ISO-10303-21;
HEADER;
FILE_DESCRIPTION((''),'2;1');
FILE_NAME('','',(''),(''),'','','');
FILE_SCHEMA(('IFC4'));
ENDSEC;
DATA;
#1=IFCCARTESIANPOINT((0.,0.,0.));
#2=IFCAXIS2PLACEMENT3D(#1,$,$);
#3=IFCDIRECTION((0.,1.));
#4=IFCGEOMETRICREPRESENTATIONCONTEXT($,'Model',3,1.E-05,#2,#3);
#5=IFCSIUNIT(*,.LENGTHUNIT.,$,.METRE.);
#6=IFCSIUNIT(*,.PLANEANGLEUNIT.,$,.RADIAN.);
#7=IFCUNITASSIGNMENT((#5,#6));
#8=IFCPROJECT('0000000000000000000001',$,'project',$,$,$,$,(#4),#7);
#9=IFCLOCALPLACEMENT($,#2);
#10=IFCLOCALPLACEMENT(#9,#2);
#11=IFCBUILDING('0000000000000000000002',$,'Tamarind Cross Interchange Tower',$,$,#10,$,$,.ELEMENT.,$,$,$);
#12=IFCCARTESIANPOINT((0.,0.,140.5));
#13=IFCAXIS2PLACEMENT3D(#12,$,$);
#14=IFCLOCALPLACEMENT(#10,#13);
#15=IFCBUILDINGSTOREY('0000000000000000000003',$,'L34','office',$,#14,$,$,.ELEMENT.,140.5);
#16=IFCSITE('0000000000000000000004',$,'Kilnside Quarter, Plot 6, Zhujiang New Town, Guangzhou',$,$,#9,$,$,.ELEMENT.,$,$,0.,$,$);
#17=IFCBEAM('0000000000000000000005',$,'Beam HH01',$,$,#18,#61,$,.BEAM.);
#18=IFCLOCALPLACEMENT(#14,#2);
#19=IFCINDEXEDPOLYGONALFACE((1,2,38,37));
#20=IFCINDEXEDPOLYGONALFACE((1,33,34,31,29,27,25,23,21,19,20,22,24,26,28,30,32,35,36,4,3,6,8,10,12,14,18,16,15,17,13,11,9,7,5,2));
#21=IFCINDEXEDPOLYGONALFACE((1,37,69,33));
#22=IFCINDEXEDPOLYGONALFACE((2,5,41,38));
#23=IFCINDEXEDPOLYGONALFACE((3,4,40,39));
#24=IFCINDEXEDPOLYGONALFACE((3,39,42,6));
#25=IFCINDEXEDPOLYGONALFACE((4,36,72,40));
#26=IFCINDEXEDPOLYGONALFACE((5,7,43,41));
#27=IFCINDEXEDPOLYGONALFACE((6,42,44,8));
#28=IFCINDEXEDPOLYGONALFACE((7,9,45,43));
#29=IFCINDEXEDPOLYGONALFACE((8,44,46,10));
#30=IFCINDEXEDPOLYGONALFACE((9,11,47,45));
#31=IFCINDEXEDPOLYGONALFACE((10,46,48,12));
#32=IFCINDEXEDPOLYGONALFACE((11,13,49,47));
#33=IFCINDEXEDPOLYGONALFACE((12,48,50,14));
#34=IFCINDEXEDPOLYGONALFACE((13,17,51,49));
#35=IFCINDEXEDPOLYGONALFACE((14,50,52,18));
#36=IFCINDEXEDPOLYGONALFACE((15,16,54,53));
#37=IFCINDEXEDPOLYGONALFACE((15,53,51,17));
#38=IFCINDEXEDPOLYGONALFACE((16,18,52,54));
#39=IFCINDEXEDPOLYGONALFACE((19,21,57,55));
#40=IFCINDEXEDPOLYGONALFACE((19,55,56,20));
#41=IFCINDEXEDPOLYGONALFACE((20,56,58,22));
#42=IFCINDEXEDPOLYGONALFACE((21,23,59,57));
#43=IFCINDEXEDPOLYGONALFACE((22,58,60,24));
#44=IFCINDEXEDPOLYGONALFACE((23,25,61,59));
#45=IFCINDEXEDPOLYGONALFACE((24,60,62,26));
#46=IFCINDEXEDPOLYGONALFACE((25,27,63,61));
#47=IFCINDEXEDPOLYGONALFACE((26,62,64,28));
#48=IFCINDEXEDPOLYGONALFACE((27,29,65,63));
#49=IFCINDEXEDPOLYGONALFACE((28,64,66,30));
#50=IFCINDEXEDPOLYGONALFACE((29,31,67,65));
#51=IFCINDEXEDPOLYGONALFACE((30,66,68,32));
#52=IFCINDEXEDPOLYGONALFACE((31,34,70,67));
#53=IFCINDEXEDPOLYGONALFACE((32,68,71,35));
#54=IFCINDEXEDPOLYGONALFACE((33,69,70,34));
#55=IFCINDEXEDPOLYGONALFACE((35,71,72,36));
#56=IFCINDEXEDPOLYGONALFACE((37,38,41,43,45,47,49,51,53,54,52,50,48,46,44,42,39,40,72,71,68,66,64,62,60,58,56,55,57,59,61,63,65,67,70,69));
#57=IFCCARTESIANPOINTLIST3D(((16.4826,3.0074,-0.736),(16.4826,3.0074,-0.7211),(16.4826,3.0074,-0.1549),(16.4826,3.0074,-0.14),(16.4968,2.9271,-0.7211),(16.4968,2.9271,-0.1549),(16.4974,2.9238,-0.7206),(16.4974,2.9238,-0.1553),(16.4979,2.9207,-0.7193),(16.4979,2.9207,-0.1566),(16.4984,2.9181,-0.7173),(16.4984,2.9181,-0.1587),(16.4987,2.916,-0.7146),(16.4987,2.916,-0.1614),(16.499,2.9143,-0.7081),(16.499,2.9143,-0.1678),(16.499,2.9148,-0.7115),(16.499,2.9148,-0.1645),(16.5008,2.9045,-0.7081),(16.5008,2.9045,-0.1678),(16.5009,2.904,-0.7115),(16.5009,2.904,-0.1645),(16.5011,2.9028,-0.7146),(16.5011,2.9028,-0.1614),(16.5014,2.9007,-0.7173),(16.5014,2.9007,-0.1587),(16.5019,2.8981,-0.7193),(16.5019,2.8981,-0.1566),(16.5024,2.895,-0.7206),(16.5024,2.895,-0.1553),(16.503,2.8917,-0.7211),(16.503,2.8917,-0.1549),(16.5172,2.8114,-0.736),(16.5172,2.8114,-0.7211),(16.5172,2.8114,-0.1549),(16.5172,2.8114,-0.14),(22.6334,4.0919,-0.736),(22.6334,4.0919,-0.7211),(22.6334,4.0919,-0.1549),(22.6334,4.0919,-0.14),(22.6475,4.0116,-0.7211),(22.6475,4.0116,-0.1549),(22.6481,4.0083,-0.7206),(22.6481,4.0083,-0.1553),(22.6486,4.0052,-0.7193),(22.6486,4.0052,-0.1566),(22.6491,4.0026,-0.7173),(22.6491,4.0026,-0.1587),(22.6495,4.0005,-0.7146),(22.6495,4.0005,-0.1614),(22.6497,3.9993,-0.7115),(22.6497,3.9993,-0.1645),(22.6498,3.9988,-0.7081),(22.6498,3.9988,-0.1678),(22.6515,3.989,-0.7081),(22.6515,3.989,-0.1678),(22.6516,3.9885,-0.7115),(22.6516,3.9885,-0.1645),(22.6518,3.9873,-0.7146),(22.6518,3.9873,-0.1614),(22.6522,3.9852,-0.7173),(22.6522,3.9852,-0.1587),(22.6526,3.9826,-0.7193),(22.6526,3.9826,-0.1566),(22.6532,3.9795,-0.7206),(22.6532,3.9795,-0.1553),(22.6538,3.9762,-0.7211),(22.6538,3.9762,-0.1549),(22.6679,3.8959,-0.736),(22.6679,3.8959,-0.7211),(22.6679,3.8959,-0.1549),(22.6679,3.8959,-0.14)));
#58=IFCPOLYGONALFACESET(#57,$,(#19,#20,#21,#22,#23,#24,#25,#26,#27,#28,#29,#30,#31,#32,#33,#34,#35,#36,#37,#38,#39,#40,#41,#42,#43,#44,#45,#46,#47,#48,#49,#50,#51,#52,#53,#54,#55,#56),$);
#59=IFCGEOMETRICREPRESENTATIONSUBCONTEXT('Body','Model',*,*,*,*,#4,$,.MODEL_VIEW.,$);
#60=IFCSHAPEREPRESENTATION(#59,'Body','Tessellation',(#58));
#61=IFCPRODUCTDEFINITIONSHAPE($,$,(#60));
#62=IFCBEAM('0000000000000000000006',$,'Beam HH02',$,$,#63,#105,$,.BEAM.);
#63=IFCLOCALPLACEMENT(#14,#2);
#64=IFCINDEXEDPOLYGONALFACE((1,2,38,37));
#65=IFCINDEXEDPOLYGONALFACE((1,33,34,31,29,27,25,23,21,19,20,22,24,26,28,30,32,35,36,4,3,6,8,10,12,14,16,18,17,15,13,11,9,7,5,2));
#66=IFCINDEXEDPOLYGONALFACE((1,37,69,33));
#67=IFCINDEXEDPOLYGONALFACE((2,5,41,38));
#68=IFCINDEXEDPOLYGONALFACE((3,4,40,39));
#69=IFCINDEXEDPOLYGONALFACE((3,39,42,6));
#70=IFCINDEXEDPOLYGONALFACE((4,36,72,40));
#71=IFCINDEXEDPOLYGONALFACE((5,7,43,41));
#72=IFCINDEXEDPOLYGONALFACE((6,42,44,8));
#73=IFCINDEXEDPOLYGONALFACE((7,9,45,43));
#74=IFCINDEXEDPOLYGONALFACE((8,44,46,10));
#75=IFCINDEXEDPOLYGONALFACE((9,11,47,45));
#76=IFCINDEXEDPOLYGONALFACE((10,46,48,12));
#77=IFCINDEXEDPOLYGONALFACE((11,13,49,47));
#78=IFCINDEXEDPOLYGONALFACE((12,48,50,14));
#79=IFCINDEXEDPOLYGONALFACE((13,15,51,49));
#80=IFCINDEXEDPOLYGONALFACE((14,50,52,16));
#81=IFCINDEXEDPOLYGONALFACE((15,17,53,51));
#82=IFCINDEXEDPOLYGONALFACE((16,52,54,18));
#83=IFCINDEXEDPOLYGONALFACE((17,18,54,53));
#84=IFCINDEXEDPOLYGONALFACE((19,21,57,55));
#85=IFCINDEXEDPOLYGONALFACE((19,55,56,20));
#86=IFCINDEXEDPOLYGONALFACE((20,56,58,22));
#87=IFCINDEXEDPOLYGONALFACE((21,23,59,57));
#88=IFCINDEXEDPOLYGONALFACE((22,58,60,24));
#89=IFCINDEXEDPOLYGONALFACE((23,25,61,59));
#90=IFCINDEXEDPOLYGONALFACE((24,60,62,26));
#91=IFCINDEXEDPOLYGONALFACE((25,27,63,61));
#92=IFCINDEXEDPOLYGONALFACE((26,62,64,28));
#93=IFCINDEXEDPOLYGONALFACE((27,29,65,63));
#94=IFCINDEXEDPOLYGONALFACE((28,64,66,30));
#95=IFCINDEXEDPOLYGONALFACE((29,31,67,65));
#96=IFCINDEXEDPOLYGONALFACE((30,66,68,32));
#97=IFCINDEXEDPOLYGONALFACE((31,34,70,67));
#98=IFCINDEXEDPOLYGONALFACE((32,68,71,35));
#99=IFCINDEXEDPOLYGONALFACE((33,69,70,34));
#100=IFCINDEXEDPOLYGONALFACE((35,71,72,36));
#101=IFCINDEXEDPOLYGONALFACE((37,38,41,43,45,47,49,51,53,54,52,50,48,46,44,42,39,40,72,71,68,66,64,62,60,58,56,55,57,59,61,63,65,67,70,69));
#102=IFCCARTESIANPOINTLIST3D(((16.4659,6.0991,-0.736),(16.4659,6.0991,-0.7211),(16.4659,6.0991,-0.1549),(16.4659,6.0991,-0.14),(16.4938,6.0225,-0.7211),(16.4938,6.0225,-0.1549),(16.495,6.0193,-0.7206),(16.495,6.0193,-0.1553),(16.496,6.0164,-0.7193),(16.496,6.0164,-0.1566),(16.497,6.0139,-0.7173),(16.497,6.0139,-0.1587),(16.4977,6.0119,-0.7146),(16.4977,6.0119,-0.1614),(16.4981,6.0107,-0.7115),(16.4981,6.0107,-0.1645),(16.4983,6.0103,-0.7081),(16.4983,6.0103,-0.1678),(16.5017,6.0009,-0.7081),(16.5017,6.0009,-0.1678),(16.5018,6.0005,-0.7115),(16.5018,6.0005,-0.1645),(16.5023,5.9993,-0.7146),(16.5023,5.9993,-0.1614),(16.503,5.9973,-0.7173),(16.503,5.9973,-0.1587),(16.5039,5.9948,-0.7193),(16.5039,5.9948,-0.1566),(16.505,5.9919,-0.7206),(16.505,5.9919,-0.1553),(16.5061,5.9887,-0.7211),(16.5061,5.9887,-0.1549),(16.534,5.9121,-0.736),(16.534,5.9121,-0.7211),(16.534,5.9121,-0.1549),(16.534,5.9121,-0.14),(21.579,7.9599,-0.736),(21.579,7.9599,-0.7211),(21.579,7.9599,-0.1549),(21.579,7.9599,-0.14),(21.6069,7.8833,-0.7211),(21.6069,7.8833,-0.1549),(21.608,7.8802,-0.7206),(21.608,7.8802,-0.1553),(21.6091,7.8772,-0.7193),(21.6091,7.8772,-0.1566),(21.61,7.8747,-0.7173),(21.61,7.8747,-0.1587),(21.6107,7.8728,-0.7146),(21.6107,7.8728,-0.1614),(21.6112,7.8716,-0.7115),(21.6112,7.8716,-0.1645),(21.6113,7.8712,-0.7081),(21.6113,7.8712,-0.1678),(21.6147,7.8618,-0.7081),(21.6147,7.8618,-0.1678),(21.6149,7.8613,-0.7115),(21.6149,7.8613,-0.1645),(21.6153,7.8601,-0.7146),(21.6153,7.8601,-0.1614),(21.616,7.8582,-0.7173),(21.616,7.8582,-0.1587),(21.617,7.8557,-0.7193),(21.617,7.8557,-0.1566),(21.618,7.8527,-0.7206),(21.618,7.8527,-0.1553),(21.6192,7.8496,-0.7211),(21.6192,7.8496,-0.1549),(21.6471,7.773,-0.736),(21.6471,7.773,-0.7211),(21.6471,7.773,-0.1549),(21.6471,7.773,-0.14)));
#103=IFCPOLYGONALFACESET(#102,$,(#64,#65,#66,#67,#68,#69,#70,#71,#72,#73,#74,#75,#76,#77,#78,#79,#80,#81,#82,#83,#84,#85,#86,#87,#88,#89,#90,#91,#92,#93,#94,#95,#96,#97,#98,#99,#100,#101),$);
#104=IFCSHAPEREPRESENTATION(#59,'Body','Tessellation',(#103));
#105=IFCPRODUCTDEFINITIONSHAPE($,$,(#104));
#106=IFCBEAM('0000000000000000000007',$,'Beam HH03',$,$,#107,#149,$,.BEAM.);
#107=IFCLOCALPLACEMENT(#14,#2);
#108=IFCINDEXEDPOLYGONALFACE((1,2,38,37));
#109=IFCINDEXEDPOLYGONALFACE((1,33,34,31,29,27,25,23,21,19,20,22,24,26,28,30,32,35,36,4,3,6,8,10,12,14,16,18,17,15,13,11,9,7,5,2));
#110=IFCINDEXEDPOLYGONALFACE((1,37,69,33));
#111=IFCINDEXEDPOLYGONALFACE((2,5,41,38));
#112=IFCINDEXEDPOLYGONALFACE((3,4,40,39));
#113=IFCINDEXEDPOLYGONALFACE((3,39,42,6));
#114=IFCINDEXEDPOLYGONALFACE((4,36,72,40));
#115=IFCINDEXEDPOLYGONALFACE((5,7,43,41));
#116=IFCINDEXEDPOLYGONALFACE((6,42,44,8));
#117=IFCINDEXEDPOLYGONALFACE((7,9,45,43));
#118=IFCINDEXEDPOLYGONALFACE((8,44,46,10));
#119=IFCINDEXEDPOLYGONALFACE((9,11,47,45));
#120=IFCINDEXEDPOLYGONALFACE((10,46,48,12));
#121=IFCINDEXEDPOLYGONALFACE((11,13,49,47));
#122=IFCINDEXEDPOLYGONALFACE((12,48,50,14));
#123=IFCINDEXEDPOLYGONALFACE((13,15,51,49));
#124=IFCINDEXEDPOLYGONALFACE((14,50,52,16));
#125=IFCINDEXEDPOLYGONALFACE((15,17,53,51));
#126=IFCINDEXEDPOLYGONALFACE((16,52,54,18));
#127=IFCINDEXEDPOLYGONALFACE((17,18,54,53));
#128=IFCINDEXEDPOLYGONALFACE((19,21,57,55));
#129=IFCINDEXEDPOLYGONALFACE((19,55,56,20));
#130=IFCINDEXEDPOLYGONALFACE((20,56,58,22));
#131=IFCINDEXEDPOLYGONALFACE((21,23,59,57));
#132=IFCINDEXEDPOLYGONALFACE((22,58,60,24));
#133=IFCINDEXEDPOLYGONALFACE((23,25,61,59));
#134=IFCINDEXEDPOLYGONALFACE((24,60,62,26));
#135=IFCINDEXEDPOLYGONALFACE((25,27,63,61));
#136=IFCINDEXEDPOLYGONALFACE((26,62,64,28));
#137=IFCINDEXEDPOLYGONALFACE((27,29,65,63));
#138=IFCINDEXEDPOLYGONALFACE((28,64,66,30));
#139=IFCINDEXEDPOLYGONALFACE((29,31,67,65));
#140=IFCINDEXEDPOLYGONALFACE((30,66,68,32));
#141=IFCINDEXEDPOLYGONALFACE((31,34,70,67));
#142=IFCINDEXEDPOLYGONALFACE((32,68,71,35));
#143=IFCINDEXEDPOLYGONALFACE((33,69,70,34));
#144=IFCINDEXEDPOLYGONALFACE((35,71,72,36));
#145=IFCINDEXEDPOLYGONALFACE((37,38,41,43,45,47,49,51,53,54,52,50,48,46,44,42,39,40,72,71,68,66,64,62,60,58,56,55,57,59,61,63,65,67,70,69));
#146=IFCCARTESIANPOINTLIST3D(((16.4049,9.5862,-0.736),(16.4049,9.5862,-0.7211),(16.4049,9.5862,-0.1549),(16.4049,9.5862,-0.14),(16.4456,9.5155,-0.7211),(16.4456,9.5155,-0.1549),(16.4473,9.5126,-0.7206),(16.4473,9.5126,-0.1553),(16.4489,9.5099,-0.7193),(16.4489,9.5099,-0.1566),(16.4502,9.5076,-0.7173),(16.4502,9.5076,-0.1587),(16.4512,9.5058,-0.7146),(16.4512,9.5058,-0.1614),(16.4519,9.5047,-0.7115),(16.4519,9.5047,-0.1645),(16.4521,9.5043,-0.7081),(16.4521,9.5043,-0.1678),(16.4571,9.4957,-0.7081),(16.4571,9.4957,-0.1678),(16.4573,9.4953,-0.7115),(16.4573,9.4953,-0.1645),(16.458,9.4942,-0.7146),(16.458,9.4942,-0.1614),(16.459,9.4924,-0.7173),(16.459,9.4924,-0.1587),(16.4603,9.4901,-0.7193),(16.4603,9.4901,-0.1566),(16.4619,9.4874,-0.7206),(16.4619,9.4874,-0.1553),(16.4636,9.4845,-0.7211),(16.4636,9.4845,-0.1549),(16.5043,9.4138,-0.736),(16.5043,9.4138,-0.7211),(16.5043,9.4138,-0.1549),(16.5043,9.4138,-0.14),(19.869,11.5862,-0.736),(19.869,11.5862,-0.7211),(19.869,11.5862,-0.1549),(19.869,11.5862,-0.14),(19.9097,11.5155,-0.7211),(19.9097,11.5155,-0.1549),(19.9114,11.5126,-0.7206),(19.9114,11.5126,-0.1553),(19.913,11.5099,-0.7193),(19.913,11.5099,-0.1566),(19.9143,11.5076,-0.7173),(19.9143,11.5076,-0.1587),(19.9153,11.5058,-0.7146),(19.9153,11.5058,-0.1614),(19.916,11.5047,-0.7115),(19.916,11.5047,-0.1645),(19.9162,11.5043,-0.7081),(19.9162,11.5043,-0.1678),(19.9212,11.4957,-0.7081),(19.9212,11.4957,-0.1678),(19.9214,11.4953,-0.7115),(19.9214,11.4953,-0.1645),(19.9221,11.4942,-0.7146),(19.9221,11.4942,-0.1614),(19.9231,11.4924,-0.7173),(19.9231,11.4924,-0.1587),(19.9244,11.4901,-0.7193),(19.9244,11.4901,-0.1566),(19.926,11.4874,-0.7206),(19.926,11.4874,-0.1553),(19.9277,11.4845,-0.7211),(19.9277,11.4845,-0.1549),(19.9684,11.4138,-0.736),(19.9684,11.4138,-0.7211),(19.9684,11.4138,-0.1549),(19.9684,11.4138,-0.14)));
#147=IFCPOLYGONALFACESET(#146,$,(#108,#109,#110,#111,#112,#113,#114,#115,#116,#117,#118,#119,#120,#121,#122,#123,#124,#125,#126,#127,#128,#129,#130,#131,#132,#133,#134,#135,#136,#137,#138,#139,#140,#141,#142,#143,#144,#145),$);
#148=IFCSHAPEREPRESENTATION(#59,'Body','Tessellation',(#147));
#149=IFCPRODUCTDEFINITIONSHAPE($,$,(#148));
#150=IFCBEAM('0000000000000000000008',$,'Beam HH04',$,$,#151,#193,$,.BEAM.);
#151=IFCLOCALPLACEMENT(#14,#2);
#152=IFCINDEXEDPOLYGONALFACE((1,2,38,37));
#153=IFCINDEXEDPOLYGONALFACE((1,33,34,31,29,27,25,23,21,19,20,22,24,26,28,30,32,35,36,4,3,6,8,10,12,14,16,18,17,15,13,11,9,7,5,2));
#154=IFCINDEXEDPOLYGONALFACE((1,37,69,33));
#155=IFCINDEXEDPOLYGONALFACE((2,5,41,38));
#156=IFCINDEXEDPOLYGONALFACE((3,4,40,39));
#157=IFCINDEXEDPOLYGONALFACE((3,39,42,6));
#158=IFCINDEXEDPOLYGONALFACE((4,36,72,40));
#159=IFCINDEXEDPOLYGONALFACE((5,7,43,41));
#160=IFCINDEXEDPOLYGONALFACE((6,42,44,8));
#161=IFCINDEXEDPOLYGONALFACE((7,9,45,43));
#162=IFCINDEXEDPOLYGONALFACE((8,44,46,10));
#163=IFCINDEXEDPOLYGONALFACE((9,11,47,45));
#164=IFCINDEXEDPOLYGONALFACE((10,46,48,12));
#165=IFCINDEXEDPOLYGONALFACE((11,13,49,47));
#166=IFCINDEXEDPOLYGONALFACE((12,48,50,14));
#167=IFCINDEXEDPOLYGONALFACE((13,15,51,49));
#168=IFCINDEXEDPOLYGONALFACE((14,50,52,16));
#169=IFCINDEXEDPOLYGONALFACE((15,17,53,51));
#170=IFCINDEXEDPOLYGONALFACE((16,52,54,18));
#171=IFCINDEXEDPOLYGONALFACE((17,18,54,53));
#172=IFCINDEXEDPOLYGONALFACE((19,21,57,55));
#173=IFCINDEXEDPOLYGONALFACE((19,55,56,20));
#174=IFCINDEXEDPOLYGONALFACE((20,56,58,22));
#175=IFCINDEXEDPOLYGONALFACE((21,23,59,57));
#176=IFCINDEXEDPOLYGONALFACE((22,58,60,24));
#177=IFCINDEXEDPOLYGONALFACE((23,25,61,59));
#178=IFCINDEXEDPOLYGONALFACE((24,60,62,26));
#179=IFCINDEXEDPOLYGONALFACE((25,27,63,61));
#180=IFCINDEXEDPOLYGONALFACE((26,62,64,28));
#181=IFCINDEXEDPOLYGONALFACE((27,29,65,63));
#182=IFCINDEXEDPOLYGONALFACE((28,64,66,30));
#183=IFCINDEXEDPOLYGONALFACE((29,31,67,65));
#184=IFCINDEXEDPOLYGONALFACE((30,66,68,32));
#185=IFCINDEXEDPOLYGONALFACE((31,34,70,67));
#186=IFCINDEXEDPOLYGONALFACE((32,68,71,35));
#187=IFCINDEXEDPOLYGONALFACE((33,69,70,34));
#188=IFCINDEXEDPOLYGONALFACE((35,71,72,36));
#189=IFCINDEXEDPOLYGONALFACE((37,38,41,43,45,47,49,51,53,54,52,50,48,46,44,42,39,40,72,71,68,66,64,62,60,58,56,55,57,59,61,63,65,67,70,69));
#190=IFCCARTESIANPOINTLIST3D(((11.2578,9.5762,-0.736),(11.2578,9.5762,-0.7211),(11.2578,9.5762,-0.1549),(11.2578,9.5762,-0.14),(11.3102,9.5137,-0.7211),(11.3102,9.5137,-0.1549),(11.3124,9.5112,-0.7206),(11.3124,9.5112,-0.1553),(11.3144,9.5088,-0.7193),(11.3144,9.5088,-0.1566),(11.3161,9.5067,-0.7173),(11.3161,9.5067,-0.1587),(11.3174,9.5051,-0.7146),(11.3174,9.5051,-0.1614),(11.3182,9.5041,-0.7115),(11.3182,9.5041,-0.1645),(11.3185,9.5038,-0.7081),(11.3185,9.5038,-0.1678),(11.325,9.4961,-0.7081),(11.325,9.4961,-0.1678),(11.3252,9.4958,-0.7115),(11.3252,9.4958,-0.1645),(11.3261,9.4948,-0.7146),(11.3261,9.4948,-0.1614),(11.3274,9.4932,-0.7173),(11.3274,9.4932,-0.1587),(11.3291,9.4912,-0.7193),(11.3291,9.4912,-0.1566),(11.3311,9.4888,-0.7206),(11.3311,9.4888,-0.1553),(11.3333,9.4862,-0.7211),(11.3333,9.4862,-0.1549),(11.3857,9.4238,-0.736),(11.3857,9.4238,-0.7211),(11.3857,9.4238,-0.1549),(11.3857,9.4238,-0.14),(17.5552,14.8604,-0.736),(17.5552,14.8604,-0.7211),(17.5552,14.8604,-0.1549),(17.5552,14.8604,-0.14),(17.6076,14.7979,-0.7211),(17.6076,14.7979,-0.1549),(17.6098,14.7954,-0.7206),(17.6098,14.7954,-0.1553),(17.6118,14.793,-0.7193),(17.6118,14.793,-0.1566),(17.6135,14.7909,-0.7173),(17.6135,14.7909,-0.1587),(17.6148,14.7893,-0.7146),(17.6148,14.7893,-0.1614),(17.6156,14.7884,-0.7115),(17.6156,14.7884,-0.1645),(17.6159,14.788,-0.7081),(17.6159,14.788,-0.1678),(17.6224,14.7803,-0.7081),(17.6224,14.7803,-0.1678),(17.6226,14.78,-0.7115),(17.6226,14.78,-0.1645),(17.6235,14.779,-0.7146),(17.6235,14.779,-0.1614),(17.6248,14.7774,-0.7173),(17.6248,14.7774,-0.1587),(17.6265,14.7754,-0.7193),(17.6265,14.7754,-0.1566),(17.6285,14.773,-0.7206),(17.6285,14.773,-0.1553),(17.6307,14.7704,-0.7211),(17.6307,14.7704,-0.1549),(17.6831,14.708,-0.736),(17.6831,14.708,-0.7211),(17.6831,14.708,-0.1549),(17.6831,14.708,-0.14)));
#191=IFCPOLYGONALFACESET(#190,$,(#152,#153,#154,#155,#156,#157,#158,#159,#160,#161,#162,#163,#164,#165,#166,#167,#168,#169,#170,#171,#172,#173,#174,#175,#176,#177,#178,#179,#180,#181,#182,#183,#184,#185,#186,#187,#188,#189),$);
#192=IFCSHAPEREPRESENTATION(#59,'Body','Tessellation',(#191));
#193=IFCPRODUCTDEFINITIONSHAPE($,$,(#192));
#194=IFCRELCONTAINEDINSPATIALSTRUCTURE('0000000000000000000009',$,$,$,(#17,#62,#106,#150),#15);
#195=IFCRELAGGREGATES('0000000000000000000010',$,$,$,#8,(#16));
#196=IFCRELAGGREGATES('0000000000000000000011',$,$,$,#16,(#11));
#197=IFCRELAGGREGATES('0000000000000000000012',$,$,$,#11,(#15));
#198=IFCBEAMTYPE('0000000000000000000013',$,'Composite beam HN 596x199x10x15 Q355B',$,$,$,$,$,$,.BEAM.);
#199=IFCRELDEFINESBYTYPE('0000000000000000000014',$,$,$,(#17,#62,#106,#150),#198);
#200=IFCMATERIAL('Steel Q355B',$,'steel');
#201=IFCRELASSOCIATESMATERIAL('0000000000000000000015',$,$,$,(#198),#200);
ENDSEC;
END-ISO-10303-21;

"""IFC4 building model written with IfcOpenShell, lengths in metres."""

from ifc_helpers import new_model, si_unit, direction, frame, origin, origin_2d, place, context, subcontext, project, spatial, i_section, extrude, material, material_profile, profile_set, type_object, element, save


model = new_model("IFC4")

# Units and contexts
model_context = context("Model", 3, precision=1e-05, world=origin(), true_north=direction((0.0, 1.0)))
body_context = subcontext(model_context, "Body", "Model", "MODEL_VIEW")
ifc_project = project(units=[si_unit("LENGTHUNIT", "METRE"), si_unit("PLANEANGLEUNIT", "RADIAN")], contexts=[model_context])

# Site, building, storey
site_placement = place(None, origin())
site = spatial("IfcSite", under=ifc_project, at=site_placement, Name="Kilnside Quarter, Plot 6, Zhujiang New Town, Guangzhou", CompositionType="ELEMENT", RefElevation=0.0)
building_placement = place(site_placement, origin())
building = spatial("IfcBuilding", under=site, at=building_placement, Name="Tamarind Cross Interchange Tower", CompositionType="ELEMENT")
storey_placement = place(building_placement, frame((0.0, 0.0, 140.5)))
storey = spatial("IfcBuildingStorey", under=building, at=storey_placement, Name="L34", Description="office", CompositionType="ELEMENT", Elevation=140.5)

# Beams
ifc_material_1 = material(Name="Steel Q355B", Category="steel")
ifc_material_profile_1 = material_profile(ifc_material_1, i_section(OverallWidth=0.199, OverallDepth=0.5959, WebThickness=0.01, FlangeThickness=0.0149, FilletRadius=0.0129, at=origin_2d()), Name="HN 596x199x10x15")
ifc_profile_set_1 = profile_set([ifc_material_profile_1], Name="Steel Q355B")
beam_type = type_object("IfcBeamType", Name="Composite beam HN 596x199x10x15 Q355B", PredefinedType="BEAM", material=ifc_profile_set_1)
beam_1_placement = place(storey_placement, frame((22.6506, 3.9939, -0.438), z_axis=(-0.984809, -0.17364, 0.0), x_axis=(0.17364, -0.984809, 0.0)))
element("IfcBeam", 1, at=beam_1_placement, inside=storey, type_object=beam_type, Name="Beam HH01", PredefinedType="BEAM", context=body_context, shape_type="SweptSolid", body=[
    extrude(i_section(OverallWidth=0.199, OverallDepth=0.5959, WebThickness=0.01, FlangeThickness=0.0149, FilletRadius=0.0129, at=origin_2d()), origin(), (0.0, 0.0, 1.0), 6.2456),
])
beam_2_placement = place(storey_placement, frame((21.613, 7.8665, -0.438), z_axis=(-0.939702, -0.341995, 0.0), x_axis=(0.341995, -0.939702, 0.0)))
element("IfcBeam", 2, at=beam_2_placement, inside=storey, type_object=beam_type, Name="Beam HH02", PredefinedType="BEAM", context=body_context, shape_type="SweptSolid", body=[
    extrude(i_section(OverallWidth=0.199, OverallDepth=0.5959, WebThickness=0.01, FlangeThickness=0.0149, FilletRadius=0.0129, at=origin_2d()), origin(), (0.0, 0.0, 1.0), 5.4412),
])
beam_3_placement = place(storey_placement, frame((19.9187, 11.5, -0.438), z_axis=(-0.866026, -0.499999, 0.0), x_axis=(0.499999, -0.866026, 0.0)))
element("IfcBeam", 3, at=beam_3_placement, inside=storey, type_object=beam_type, Name="Beam HH03", PredefinedType="BEAM", context=body_context, shape_type="SweptSolid", body=[
    extrude(i_section(OverallWidth=0.199, OverallDepth=0.5959, WebThickness=0.01, FlangeThickness=0.0149, FilletRadius=0.0129, at=origin_2d()), origin(), (0.0, 0.0, 1.0), 4.0),
])
beam_4_placement = place(storey_placement, frame((17.6191, 14.7842, -0.438), z_axis=(-0.766041, -0.642792, 0.0), x_axis=(0.642792, -0.766041, 0.0)))
element("IfcBeam", 4, at=beam_4_placement, inside=storey, type_object=beam_type, Name="Beam HH04", PredefinedType="BEAM", context=body_context, shape_type="SweptSolid", body=[
    extrude(i_section(OverallWidth=0.199, OverallDepth=0.5959, WebThickness=0.01, FlangeThickness=0.0149, FilletRadius=0.0129, at=origin_2d()), origin(), (0.0, 0.0, 1.0), 8.2207),
])

save(model, "model.ifc")
